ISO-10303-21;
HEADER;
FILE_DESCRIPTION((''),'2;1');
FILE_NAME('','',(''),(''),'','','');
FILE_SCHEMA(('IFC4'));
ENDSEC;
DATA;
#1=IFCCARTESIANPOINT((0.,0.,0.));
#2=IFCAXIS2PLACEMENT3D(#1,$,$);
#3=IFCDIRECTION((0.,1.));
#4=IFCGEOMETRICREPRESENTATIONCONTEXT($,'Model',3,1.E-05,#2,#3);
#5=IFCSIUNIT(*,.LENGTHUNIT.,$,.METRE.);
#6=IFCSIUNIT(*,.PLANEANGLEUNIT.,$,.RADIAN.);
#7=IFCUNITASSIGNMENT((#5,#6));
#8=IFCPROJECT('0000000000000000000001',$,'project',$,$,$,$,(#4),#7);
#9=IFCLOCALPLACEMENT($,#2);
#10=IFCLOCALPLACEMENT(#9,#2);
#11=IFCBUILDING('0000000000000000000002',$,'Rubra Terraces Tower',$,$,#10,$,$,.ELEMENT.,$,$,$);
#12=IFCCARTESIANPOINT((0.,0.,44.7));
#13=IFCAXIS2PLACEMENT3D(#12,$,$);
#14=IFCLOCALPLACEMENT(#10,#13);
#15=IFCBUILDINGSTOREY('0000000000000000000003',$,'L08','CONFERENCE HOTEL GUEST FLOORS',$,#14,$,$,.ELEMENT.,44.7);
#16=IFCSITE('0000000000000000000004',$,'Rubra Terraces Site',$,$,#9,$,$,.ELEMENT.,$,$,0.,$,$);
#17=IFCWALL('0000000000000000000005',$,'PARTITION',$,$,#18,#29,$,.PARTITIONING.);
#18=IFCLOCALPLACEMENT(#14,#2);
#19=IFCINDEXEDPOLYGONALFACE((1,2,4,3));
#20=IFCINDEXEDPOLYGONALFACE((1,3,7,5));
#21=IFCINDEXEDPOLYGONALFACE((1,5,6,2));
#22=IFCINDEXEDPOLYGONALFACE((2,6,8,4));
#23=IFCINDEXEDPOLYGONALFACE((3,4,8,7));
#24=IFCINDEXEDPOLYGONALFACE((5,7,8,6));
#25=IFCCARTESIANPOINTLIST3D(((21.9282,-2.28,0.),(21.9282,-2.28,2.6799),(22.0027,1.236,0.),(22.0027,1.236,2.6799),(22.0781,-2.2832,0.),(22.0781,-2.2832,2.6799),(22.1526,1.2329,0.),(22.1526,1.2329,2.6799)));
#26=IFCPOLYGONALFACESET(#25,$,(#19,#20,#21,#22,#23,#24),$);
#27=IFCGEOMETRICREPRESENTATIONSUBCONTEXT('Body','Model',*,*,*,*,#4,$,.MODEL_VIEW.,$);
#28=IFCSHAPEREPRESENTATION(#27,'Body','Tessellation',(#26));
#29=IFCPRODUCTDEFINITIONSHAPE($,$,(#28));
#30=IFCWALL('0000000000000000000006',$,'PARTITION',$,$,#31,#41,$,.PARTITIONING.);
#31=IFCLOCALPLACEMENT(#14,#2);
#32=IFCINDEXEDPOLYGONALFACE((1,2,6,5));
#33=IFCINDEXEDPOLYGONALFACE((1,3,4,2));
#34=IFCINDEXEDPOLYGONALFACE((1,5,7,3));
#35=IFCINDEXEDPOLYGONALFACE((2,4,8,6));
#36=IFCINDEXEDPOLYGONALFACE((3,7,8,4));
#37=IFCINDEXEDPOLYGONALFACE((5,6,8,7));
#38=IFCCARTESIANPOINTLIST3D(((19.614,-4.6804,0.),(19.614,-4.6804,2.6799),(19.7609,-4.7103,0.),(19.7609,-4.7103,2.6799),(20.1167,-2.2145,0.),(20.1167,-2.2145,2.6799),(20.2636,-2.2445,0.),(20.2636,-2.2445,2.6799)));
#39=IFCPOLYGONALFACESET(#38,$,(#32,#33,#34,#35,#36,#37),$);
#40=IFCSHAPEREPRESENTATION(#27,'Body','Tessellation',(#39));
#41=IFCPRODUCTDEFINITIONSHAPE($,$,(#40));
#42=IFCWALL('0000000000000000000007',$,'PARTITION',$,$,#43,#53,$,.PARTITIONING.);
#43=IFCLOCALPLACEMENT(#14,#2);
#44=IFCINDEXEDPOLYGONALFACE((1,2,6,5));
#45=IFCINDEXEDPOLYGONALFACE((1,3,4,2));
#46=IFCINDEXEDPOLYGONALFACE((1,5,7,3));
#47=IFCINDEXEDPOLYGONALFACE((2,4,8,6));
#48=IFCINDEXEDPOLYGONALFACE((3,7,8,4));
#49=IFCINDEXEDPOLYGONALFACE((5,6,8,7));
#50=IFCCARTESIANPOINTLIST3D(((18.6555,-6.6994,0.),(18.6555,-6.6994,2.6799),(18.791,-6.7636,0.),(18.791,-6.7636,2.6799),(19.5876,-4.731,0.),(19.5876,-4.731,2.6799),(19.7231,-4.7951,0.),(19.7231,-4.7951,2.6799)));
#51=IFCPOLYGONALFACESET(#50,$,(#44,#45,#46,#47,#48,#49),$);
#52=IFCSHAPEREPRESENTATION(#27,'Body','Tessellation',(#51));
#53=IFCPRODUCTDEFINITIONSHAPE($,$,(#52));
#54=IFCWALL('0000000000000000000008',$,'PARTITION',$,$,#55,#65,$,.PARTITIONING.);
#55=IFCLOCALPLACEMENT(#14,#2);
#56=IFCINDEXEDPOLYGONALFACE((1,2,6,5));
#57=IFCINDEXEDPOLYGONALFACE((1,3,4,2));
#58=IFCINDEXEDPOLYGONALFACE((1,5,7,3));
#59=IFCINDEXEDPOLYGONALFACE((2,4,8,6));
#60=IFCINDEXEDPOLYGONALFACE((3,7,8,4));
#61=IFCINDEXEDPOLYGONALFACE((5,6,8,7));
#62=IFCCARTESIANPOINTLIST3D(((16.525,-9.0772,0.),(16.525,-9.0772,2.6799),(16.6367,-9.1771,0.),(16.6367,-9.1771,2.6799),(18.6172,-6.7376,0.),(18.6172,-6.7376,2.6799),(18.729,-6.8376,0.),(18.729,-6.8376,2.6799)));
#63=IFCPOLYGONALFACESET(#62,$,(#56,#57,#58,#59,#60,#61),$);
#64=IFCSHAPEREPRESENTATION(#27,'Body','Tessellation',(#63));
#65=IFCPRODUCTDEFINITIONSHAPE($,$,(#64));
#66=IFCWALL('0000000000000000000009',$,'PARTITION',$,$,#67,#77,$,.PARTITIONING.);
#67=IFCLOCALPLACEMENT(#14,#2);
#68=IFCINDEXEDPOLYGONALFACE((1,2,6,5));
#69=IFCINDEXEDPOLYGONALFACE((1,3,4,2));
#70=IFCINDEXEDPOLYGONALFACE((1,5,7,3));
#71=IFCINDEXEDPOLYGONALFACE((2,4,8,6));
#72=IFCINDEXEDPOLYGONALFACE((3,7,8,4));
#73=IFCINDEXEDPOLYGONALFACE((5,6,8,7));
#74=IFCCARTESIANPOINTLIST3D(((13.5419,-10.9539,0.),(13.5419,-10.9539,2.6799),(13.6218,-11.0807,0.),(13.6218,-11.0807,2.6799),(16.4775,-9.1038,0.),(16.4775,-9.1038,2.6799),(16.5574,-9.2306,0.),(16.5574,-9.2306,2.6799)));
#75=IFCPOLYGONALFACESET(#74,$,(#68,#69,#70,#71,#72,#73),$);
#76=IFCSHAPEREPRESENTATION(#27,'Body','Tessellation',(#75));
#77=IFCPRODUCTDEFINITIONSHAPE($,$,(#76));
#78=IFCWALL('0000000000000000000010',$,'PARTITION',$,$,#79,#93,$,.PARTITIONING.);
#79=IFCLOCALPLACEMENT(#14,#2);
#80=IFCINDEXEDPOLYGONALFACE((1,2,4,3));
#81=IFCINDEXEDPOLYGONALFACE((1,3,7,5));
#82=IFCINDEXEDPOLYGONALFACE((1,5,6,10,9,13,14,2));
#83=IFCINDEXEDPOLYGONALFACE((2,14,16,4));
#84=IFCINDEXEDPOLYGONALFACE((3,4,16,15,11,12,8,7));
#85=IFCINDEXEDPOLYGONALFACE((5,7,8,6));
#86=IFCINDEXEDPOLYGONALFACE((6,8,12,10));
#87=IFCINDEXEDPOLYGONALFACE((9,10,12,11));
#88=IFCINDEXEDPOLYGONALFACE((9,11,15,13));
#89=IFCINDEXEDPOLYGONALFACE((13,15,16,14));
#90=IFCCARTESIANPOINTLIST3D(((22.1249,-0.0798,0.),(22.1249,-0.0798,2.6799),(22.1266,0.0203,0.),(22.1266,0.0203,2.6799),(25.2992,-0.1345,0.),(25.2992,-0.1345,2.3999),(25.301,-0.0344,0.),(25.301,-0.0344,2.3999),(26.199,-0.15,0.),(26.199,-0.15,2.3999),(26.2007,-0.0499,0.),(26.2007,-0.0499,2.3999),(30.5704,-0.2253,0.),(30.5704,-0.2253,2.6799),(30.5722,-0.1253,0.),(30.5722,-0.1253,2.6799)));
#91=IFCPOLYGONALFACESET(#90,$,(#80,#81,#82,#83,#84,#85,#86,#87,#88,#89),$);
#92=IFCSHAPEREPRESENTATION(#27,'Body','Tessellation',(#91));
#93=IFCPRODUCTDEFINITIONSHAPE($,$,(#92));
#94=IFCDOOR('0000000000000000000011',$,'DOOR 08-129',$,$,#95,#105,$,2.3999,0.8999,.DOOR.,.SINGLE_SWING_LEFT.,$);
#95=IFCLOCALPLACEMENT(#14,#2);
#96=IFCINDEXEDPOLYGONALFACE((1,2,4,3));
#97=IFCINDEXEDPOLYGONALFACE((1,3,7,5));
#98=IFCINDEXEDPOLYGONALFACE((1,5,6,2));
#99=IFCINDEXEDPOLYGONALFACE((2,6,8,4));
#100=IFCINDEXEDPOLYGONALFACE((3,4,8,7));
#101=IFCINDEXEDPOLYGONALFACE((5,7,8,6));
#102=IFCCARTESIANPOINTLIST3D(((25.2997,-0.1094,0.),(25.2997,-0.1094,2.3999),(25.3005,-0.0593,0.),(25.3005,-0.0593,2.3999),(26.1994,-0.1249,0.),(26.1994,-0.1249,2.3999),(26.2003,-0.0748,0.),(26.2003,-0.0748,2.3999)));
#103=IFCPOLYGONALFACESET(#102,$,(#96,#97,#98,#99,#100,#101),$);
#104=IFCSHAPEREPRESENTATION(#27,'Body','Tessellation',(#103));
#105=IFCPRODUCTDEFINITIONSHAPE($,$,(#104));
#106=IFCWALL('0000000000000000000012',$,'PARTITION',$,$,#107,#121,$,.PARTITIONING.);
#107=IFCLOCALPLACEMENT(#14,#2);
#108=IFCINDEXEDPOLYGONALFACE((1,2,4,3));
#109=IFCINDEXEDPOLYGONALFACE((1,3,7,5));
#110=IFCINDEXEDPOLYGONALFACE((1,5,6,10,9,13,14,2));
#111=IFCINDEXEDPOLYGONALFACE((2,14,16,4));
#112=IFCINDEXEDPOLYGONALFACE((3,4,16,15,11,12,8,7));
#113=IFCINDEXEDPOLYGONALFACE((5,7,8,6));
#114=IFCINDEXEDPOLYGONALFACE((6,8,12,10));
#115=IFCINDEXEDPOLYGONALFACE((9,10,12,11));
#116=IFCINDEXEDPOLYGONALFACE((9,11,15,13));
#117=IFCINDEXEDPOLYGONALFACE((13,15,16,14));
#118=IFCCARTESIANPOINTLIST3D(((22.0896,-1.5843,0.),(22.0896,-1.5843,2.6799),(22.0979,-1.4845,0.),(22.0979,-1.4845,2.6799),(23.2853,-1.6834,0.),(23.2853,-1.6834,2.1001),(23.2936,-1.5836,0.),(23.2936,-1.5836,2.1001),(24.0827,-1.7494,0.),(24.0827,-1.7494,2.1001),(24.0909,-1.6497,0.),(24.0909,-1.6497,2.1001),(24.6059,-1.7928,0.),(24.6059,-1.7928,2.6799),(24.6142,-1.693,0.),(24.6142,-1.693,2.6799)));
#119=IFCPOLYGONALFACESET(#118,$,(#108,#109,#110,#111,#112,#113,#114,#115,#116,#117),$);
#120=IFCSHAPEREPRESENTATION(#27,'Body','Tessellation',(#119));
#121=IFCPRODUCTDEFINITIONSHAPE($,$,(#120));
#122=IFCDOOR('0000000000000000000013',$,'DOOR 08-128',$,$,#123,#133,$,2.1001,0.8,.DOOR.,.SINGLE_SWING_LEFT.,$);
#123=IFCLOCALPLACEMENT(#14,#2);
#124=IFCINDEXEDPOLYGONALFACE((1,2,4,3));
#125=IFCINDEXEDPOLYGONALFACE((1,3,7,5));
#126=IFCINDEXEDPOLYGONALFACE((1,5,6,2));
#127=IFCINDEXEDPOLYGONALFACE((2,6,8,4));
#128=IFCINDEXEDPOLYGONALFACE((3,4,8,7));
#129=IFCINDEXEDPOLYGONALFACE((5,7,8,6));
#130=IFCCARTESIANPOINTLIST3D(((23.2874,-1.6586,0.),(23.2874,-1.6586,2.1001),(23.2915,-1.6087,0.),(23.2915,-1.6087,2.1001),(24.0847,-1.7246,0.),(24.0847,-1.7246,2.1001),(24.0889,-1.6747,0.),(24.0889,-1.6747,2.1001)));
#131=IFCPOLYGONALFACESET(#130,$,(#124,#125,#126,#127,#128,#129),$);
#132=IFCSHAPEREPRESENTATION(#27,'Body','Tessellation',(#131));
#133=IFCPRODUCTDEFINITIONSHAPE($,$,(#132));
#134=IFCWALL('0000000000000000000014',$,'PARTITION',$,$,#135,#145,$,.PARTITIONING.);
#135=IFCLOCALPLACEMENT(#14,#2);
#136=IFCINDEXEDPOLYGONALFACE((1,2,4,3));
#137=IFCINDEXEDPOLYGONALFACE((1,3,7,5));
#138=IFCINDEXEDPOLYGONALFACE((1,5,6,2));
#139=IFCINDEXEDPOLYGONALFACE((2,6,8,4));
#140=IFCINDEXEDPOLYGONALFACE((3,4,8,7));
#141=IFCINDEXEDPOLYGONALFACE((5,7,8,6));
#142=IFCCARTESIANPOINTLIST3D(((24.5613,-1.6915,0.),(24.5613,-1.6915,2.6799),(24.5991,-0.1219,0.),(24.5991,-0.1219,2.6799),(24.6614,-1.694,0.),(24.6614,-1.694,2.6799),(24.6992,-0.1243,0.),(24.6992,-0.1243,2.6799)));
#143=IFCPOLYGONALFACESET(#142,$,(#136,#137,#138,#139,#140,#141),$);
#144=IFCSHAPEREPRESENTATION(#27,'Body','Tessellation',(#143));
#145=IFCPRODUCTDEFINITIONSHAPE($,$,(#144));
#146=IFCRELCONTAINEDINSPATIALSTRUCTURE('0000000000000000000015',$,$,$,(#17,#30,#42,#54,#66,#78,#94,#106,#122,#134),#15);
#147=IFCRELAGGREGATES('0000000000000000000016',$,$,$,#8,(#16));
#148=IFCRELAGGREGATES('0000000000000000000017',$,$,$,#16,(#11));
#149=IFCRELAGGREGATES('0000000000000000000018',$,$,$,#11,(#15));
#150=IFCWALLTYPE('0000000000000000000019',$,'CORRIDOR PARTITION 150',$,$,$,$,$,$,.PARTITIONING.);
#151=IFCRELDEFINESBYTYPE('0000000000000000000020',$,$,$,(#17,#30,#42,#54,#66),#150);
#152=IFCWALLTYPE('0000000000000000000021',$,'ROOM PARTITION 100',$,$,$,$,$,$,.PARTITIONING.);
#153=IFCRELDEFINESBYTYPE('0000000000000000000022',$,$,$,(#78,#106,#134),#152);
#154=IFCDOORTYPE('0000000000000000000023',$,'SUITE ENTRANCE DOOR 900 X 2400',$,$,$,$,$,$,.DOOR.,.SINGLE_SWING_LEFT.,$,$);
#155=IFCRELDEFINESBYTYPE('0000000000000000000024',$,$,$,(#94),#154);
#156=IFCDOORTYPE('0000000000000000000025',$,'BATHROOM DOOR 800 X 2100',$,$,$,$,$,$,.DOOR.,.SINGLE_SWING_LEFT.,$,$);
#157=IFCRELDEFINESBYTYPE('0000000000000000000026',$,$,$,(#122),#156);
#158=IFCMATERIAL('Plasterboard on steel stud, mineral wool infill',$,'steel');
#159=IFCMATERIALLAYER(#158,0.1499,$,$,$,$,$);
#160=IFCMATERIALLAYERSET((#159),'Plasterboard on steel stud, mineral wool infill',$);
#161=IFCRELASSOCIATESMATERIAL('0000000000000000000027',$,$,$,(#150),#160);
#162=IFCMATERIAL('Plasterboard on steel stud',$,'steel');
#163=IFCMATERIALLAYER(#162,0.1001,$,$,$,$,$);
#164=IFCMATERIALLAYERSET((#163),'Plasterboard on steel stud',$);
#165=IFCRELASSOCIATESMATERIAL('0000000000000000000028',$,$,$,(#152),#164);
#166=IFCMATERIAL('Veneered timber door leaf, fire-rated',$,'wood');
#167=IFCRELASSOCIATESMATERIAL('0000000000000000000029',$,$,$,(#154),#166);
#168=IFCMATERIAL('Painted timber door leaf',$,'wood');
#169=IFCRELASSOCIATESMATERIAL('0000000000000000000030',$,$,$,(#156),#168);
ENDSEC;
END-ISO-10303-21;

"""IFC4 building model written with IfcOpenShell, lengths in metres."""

from ifc_helpers import new_model, si_unit, direction, frame, frame_2d, origin, place, context, subcontext, project, spatial, rectangle, extrude, material, layer, layer_set, type_object, element, fill, save


model = new_model("IFC4")

# Units and contexts
model_context = context("Model", 3, precision=1e-05, world=origin(), true_north=direction((0.0, 1.0)))
body_context = subcontext(model_context, "Body", "Model", "MODEL_VIEW")
ifc_project = project(units=[si_unit("LENGTHUNIT", "METRE"), si_unit("PLANEANGLEUNIT", "RADIAN")], contexts=[model_context])

# Site, building, storey
site_placement = place(None, origin())
site = spatial("IfcSite", under=ifc_project, at=site_placement, Name="Rubra Terraces Site", CompositionType="ELEMENT", RefElevation=0.0)
building_placement = place(site_placement, origin())
building = spatial("IfcBuilding", under=site, at=building_placement, Name="Rubra Terraces Tower", CompositionType="ELEMENT")
storey_placement = place(building_placement, frame((0.0, 0.0, 44.7)))
storey = spatial("IfcBuildingStorey", under=building, at=storey_placement, Name="L08", Description="CONFERENCE HOTEL GUEST FLOORS", CompositionType="ELEMENT", Elevation=44.7)

# Shared definitions
ifc_material_1 = material(Name="Plasterboard on steel stud, mineral wool infill", Category="steel")
ifc_layer_1 = layer(ifc_material_1, 0.1499)
ifc_layer_set_1 = layer_set([ifc_layer_1], Name="Plasterboard on steel stud, mineral wool infill")
wall_type_1 = type_object("IfcWallType", Name="CORRIDOR PARTITION 150", PredefinedType="PARTITIONING", material=ifc_layer_set_1)
ifc_material_2 = material(Name="Painted timber door leaf", Category="wood")

# Walls
wall_1_placement = place(storey_placement, frame((22.0032, -2.2815, 0.0), z_axis=(0.0, 0.0, 1.0), x_axis=(0.021173, 0.999776, 0.0)))
element("IfcWall", 1, at=wall_1_placement, inside=storey, type_object=wall_type_1, Name="PARTITION", PredefinedType="PARTITIONING", context=body_context, shape_type="SweptSolid", body=[
    extrude(rectangle(XDim=3.5168, YDim=0.1499, at=frame_2d((1.7583, 0.0))), origin(), (0.0, 0.0, 1.0), 2.6799),
])
wall_2_placement = place(storey_placement, frame((20.1902, -2.2295, 0.0), z_axis=(0.0, 0.0, 1.0), x_axis=(-0.199753, -0.979846, 0.0)))
element("IfcWall", 2, at=wall_2_placement, inside=storey, type_object=wall_type_1, Name="PARTITION", PredefinedType="PARTITIONING", context=body_context, shape_type="SweptSolid", body=[
    extrude(rectangle(XDim=2.5166, YDim=0.1499, at=frame_2d((1.2583, 0.0))), origin(), (0.0, 0.0, 1.0), 2.6799),
])
wall_3_placement = place(storey_placement, frame((19.6553, -4.7632, 0.0), z_axis=(0.0, 0.0, 1.0), x_axis=(-0.427966, -0.903795, 0.0)))
element("IfcWall", 3, at=wall_3_placement, inside=storey, type_object=wall_type_1, Name="PARTITION", PredefinedType="PARTITIONING", context=body_context, shape_type="SweptSolid", body=[
    extrude(rectangle(XDim=2.178, YDim=0.1499, at=frame_2d((1.0889, 0.0))), origin(), (0.0, 0.0, 1.0), 2.6799),
])
wall_4_placement = place(storey_placement, frame((18.6731, -6.7876, 0.0), z_axis=(0.0, 0.0, 1.0), x_axis=(-0.666611, -0.745406, 0.0)))
element("IfcWall", 4, at=wall_4_placement, inside=storey, type_object=wall_type_1, Name="PARTITION", PredefinedType="PARTITIONING", context=body_context, shape_type="SweptSolid", body=[
    extrude(rectangle(XDim=3.1387, YDim=0.1499, at=frame_2d((1.5693, 0.0))), origin(), (0.0, 0.0, 1.0), 2.6799),
])
wall_5_placement = place(storey_placement, frame((16.5173, -9.1672, 0.0), z_axis=(0.0, 0.0, 1.0), x_axis=(-0.846, -0.533183, 0.0)))
element("IfcWall", 5, at=wall_5_placement, inside=storey, type_object=wall_type_1, Name="PARTITION", PredefinedType="PARTITIONING", context=body_context, shape_type="SweptSolid", body=[
    extrude(rectangle(XDim=3.47, YDim=0.1499, at=frame_2d((1.7349, 0.0))), origin(), (0.0, 0.0, 1.0), 2.6799),
])

# Walls, openings, doors
ifc_material_3 = material(Name="Plasterboard on steel stud", Category="steel")
ifc_layer_2 = layer(ifc_material_3, 0.1001)
ifc_layer_set_2 = layer_set([ifc_layer_2], Name="Plasterboard on steel stud")
wall_type_2 = type_object("IfcWallType", Name="ROOM PARTITION 100", PredefinedType="PARTITIONING", material=ifc_layer_set_2)
wall_6_placement = place(storey_placement, frame((30.5713, -0.1753, 0.0), z_axis=(0.0, 0.0, 1.0), x_axis=(-0.999852, 0.017226, 0.0)))
wall_6 = element("IfcWall", 6, at=wall_6_placement, inside=storey, type_object=wall_type_2, Name="PARTITION", PredefinedType="PARTITIONING", context=body_context, shape_type="SweptSolid", body=[
    extrude(rectangle(XDim=8.4468, YDim=0.1001, at=frame_2d((4.2234, 0.0))), origin(), (0.0, 0.0, 1.0), 2.6799),
])
opening_1_placement = place(wall_6_placement, frame((4.3721, 0.0, 0.0)))
opening_1 = element("IfcOpeningElement", 7, at=opening_1_placement, cuts=wall_6, PredefinedType="OPENING", context=body_context, shape_type="SweptSolid", body=[
    extrude(rectangle(XDim=0.8999, YDim=2.3999, at=frame_2d((0.45, 1.2))), frame((0.0, 0.0601, 0.0), z_axis=(0.0, -1.0, 0.0), x_axis=(1.0, 0.0, 0.0)), (0.0, 0.0, 1.0), 0.1201),
])
ifc_material_4 = material(Name="Veneered timber door leaf, fire-rated", Category="wood")
door_type_1 = type_object("IfcDoorType", Name="SUITE ENTRANCE DOOR 900 X 2400", OperationType="SINGLE_SWING_LEFT", PredefinedType="DOOR", material=ifc_material_4)
door_1_placement = place(opening_1_placement, origin())
door_1 = element("IfcDoor", 8, at=door_1_placement, inside=storey, type_object=door_type_1, Name="DOOR 08-129", OperationType="SINGLE_SWING_LEFT", OverallHeight=2.3999, OverallWidth=0.8999, PredefinedType="DOOR", context=body_context, shape_type="SweptSolid", body=[
    extrude(rectangle(XDim=0.8999, YDim=2.3999, at=frame_2d((0.45, 1.2))), frame((0.0, 0.0249, 0.0), z_axis=(0.0, -1.0, 0.0), x_axis=(1.0, 0.0, 0.0)), (0.0, 0.0, 1.0), 0.05),
])
fill(opening_1, door_1)
wall_7_placement = place(storey_placement, frame((22.0938, -1.5344, 0.0), z_axis=(0.0, 0.0, 1.0), x_axis=(0.996585, -0.082573, 0.0)))
wall_7 = element("IfcWall", 9, at=wall_7_placement, inside=storey, type_object=wall_type_2, Name="PARTITION", PredefinedType="PARTITIONING", context=body_context, shape_type="SweptSolid", body=[
    extrude(rectangle(XDim=2.5249, YDim=0.1001, at=frame_2d((1.2625, 0.0))), origin(), (0.0, 0.0, 1.0), 2.6799),
])
opening_2_placement = place(wall_7_placement, frame((1.2, 0.0, 0.0)))
opening_2 = element("IfcOpeningElement", 10, at=opening_2_placement, cuts=wall_7, PredefinedType="OPENING", context=body_context, shape_type="SweptSolid", body=[
    extrude(rectangle(XDim=0.8, YDim=2.1001, at=frame_2d((0.3999, 1.05))), frame((0.0, 0.0601, 0.0), z_axis=(0.0, -1.0, 0.0), x_axis=(1.0, 0.0, 0.0)), (0.0, 0.0, 1.0), 0.1201),
])
door_type_2 = type_object("IfcDoorType", Name="BATHROOM DOOR 800 X 2100", OperationType="SINGLE_SWING_LEFT", PredefinedType="DOOR", material=ifc_material_2)
door_2_placement = place(opening_2_placement, origin())
door_2 = element("IfcDoor", 11, at=door_2_placement, inside=storey, type_object=door_type_2, Name="DOOR 08-128", OperationType="SINGLE_SWING_LEFT", OverallHeight=2.1001, OverallWidth=0.8, PredefinedType="DOOR", context=body_context, shape_type="SweptSolid", body=[
    extrude(rectangle(XDim=0.8, YDim=2.1001, at=frame_2d((0.3999, 1.05))), frame((0.0, 0.0249, 0.0), z_axis=(0.0, -1.0, 0.0), x_axis=(1.0, 0.0, 0.0)), (0.0, 0.0, 1.0), 0.05),
])
fill(opening_2, door_2)

# Wall
wall_8_placement = place(storey_placement, frame((24.6113, -1.6929, 0.0), z_axis=(0.0, 0.0, 1.0), x_axis=(0.024102, 0.999709, 0.0)))
element("IfcWall", 12, at=wall_8_placement, inside=storey, type_object=wall_type_2, Name="PARTITION", PredefinedType="PARTITIONING", context=body_context, shape_type="SweptSolid", body=[
    extrude(rectangle(XDim=1.5701, YDim=0.1001, at=frame_2d((0.7852, 0.0))), origin(), (0.0, 0.0, 1.0), 2.6799),
])

save(model, "model.ifc")
